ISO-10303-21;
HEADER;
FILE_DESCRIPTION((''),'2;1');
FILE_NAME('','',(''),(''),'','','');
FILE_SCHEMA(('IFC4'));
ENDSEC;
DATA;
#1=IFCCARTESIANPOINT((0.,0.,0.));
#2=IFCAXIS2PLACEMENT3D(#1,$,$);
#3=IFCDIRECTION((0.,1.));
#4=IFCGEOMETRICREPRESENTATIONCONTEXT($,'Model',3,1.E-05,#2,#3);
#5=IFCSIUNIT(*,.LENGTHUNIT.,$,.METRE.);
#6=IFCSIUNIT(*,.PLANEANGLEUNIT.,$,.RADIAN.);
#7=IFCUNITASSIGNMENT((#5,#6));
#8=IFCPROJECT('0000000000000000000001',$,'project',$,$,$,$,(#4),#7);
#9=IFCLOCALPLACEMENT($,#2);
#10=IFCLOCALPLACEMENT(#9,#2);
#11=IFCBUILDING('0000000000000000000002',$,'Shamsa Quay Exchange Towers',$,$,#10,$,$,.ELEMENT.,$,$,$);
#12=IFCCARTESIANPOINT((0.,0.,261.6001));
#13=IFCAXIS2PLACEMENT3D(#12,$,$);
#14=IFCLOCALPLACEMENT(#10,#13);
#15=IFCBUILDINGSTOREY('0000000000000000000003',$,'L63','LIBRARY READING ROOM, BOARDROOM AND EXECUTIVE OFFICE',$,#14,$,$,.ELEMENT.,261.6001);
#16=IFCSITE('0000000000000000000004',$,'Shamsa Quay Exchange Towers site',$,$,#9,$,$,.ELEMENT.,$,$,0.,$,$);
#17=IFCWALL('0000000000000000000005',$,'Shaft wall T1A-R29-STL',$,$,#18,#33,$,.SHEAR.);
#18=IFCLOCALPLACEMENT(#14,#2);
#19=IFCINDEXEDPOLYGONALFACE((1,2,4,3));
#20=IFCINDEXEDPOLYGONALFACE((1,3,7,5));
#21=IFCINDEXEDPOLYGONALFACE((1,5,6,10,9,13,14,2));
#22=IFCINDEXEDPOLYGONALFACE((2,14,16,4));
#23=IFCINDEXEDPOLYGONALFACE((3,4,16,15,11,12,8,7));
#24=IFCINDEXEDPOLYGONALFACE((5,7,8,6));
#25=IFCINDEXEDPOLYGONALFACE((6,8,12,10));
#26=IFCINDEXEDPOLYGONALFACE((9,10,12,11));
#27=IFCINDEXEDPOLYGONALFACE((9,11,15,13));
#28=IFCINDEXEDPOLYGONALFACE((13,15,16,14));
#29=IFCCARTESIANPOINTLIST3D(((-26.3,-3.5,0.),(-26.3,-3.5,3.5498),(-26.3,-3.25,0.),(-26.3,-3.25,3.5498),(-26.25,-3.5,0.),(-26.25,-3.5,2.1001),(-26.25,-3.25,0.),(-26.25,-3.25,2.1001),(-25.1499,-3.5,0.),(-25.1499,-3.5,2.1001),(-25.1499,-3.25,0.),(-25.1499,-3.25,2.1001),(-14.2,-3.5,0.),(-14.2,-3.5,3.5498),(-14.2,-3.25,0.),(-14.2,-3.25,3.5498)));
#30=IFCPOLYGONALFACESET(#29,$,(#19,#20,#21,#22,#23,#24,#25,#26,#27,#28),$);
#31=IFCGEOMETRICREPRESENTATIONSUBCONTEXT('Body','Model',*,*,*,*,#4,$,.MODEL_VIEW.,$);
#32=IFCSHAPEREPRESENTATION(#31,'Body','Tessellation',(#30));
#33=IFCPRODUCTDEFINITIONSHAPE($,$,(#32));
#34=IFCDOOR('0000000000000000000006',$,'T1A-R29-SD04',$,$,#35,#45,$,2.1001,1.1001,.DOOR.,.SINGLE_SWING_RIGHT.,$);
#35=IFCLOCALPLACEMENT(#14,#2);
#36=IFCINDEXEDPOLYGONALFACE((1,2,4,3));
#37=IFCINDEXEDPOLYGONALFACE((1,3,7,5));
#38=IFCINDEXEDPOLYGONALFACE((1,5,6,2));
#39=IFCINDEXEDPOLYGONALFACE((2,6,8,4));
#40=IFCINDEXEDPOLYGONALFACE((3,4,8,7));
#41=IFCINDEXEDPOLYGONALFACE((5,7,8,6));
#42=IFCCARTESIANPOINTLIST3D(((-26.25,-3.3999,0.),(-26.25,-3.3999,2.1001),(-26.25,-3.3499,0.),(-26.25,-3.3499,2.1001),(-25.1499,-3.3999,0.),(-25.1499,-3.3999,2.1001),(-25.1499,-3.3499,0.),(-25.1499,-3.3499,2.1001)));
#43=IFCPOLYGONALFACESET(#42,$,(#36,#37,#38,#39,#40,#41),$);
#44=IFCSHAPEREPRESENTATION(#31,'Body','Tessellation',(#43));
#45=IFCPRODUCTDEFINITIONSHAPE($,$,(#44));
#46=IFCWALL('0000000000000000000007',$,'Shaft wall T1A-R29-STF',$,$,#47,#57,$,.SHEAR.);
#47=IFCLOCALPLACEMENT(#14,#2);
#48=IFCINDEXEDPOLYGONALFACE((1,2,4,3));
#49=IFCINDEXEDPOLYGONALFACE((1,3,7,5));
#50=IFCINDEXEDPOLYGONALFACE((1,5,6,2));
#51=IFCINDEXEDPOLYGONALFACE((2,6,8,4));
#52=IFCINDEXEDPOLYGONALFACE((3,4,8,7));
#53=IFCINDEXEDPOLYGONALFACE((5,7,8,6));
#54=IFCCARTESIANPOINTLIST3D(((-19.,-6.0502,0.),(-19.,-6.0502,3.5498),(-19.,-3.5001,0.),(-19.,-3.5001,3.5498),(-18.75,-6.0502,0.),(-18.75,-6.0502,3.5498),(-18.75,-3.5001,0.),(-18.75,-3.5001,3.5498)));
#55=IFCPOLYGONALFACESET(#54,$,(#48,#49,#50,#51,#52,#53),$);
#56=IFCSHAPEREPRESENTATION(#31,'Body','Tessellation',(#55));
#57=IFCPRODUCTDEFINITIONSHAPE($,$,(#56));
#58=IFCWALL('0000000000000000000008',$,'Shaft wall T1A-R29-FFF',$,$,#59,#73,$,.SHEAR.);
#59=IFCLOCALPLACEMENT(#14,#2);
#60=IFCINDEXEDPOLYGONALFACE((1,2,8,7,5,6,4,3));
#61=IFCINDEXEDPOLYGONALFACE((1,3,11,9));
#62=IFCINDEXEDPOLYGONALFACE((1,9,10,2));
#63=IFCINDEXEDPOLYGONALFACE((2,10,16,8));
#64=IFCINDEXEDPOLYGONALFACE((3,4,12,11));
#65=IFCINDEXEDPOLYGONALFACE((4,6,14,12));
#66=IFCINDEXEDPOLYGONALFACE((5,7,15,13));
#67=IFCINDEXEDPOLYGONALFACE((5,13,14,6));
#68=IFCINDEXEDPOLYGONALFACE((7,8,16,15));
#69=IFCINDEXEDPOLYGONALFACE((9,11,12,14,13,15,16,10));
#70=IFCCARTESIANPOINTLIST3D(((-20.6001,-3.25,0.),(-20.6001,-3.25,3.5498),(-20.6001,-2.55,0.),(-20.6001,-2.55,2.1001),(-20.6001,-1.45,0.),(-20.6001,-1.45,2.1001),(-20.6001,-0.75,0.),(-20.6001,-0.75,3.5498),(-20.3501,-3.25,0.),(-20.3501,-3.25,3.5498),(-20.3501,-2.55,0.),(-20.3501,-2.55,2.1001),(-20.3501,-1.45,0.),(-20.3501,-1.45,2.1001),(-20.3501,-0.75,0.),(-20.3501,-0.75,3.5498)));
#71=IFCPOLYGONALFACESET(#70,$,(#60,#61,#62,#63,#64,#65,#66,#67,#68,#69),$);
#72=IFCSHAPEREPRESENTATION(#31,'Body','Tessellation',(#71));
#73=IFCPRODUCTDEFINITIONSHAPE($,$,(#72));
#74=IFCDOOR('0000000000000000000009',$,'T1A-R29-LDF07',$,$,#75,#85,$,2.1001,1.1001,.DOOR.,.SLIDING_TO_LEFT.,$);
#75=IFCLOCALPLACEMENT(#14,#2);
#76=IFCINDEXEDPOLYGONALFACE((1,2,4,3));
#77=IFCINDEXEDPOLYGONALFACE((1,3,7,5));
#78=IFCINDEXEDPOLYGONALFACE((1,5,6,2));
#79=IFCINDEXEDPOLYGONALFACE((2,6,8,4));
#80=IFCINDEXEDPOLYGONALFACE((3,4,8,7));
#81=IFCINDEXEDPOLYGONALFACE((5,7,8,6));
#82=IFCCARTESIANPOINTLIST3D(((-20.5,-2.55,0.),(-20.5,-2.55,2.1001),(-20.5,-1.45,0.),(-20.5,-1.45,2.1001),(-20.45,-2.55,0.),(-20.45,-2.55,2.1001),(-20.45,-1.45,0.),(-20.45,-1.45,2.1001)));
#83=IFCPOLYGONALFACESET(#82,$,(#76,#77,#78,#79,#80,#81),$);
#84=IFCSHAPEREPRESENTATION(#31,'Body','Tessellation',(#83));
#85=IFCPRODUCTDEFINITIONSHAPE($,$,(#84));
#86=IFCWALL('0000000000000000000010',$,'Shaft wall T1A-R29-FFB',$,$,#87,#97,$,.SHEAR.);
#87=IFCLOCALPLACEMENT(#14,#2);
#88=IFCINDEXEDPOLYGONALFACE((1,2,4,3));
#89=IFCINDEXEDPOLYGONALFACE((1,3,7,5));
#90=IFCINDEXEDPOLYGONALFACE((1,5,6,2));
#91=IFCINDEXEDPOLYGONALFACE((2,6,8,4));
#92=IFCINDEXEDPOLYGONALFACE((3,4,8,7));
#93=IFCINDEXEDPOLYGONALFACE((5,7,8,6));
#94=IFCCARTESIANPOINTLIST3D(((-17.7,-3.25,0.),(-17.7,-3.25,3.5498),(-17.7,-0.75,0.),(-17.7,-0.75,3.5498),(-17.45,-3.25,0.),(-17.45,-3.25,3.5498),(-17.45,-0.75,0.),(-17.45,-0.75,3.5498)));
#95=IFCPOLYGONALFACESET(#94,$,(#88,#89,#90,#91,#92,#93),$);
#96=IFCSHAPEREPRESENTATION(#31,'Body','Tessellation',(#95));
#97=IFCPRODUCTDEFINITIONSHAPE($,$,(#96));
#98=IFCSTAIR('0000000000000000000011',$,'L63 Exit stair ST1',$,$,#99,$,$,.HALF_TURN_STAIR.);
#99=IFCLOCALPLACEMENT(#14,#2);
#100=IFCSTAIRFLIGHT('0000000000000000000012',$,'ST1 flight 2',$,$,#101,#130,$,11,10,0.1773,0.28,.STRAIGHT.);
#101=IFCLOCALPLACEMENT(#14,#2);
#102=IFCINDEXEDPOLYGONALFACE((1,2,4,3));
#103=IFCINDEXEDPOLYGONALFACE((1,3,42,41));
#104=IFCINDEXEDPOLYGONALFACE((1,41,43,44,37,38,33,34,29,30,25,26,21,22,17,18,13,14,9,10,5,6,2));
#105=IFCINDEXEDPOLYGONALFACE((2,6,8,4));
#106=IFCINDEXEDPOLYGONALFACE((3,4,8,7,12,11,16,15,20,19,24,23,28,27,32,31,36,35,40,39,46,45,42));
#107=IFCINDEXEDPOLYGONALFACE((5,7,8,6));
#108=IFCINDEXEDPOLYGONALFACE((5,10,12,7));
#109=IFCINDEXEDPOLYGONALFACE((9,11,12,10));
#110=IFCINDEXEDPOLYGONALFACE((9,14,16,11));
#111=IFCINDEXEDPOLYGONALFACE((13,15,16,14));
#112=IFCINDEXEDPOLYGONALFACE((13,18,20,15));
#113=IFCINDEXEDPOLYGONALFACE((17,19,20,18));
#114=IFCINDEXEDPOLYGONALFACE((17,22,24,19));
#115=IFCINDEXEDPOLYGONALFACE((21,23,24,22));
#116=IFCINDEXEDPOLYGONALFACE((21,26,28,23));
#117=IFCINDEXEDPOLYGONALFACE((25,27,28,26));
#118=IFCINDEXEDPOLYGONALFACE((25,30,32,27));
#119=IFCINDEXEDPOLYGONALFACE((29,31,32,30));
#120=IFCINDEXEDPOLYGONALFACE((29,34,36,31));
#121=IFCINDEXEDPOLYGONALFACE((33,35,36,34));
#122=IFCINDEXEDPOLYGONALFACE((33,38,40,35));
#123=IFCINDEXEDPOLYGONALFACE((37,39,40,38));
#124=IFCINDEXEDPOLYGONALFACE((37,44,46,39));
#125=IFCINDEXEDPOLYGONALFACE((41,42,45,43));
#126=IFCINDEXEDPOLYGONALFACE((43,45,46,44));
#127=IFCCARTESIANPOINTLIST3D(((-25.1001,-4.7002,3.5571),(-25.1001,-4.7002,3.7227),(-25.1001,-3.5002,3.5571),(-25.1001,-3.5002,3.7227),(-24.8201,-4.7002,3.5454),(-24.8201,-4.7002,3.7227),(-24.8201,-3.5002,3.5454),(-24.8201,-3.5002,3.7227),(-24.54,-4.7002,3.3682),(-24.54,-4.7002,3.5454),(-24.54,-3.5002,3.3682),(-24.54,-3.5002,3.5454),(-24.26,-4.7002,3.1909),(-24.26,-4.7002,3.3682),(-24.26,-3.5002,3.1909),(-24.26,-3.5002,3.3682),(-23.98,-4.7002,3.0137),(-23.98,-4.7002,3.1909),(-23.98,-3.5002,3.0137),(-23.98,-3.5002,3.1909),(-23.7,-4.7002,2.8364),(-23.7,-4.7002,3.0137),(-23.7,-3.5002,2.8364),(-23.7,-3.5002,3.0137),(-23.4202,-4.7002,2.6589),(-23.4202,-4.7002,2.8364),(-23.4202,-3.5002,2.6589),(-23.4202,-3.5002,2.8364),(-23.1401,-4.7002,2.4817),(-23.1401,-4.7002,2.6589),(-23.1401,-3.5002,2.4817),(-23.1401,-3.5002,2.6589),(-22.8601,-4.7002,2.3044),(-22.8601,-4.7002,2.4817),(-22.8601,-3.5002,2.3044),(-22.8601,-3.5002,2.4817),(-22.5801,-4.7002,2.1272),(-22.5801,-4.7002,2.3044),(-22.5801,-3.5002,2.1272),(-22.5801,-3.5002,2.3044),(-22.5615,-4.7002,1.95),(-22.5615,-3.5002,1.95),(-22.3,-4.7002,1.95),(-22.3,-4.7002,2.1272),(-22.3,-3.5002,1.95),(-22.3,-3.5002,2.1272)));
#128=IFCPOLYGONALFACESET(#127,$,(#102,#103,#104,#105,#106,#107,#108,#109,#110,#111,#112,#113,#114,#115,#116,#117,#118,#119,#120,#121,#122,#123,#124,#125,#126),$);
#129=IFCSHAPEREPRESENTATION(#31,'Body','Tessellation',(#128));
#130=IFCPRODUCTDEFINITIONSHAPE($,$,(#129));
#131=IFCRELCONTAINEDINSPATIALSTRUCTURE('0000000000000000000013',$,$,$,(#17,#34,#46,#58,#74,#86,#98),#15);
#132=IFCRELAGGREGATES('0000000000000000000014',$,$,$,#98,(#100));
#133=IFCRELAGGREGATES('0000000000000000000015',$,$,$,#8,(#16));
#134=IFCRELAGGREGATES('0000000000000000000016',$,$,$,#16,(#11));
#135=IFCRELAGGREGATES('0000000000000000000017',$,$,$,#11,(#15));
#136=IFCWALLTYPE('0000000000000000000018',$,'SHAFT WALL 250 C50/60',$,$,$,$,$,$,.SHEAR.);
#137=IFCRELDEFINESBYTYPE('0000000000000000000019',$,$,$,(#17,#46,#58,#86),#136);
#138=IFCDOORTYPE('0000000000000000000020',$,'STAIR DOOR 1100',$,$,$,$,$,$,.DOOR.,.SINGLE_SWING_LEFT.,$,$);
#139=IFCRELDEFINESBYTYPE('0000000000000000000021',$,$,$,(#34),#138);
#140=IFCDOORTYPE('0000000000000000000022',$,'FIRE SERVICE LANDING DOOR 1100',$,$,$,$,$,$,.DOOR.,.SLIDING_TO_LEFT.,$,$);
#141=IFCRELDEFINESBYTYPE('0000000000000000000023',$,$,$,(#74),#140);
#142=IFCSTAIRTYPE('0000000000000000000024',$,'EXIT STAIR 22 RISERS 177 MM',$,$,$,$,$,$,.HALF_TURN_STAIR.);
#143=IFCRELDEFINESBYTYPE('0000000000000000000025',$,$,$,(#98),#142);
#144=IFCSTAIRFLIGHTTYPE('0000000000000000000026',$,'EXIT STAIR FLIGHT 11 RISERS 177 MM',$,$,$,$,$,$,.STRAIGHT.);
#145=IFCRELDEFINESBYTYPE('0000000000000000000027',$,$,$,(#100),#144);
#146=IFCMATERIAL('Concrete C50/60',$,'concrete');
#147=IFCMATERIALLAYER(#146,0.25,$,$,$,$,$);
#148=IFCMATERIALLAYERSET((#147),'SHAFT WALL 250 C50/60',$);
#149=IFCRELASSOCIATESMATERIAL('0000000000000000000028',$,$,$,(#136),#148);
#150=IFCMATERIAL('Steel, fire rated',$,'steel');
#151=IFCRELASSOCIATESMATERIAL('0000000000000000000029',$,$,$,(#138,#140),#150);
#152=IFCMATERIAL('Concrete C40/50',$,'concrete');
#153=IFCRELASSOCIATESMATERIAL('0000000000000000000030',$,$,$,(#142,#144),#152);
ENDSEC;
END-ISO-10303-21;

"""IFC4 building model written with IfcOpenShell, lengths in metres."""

from ifc_helpers import new_model, si_unit, direction, frame, frame_2d, origin, place, context, subcontext, project, spatial, polyline, rectangle, outline, extrude, material, layer, layer_set, type_object, element, fill, aggregate, save


model = new_model("IFC4")

# Units and contexts
model_context = context("Model", 3, precision=1e-05, world=origin(), true_north=direction((0.0, 1.0)))
body_context = subcontext(model_context, "Body", "Model", "MODEL_VIEW")
ifc_project = project(units=[si_unit("LENGTHUNIT", "METRE"), si_unit("PLANEANGLEUNIT", "RADIAN")], contexts=[model_context])

# Site, building, storey
site_placement = place(None, origin())
site = spatial("IfcSite", under=ifc_project, at=site_placement, Name="Shamsa Quay Exchange Towers site", CompositionType="ELEMENT", RefElevation=0.0)
building_placement = place(site_placement, origin())
building = spatial("IfcBuilding", under=site, at=building_placement, Name="Shamsa Quay Exchange Towers", CompositionType="ELEMENT")
storey_placement = place(building_placement, frame((0.0, 0.0, 261.6001)))
storey = spatial("IfcBuildingStorey", under=building, at=storey_placement, Name="L63", Description="LIBRARY READING ROOM, BOARDROOM AND EXECUTIVE OFFICE", CompositionType="ELEMENT", Elevation=261.6001)

# Wall, opening, door
ifc_material_1 = material(Name="Concrete C50/60", Category="concrete")
ifc_layer_1 = layer(ifc_material_1, 0.25)
ifc_layer_set_1 = layer_set([ifc_layer_1], Name="SHAFT WALL 250 C50/60")
wall_type_1 = type_object("IfcWallType", Name="SHAFT WALL 250 C50/60", PredefinedType="SHEAR", material=ifc_layer_set_1)
wall_1_placement = place(storey_placement, frame((-14.2, -3.375, 0.0), z_axis=(0.0, 0.0, 1.0), x_axis=(-1.0, 0.0, 0.0)))
wall_1 = element("IfcWall", 1, at=wall_1_placement, inside=storey, type_object=wall_type_1, Name="Shaft wall T1A-R29-STL", PredefinedType="SHEAR", context=body_context, shape_type="SweptSolid", body=[
    extrude(rectangle(XDim=12.1001, YDim=0.25, at=frame_2d((6.05, 0.0))), origin(), (0.0, 0.0, 1.0), 3.5498),
])
opening_1_placement = place(wall_1_placement, frame((10.95, 0.0, 0.0)))
opening_1 = element("IfcOpeningElement", 2, at=opening_1_placement, cuts=wall_1, PredefinedType="OPENING", context=body_context, shape_type="SweptSolid", body=[
    extrude(rectangle(XDim=1.1001, YDim=2.1001, at=frame_2d((0.55, 1.05))), frame((0.0, 0.135, 0.0), z_axis=(0.0, -1.0, 0.0), x_axis=(1.0, 0.0, 0.0)), (0.0, 0.0, 1.0), 0.27),
])
ifc_material_2 = material(Name="Steel, fire rated", Category="steel")
door_type_1 = type_object("IfcDoorType", Name="STAIR DOOR 1100", OperationType="SINGLE_SWING_LEFT", PredefinedType="DOOR", material=ifc_material_2)
door_1_placement = place(opening_1_placement, origin())
door_1 = element("IfcDoor", 3, at=door_1_placement, inside=storey, type_object=door_type_1, Name="T1A-R29-SD04", OperationType="SINGLE_SWING_RIGHT", OverallHeight=2.1001, OverallWidth=1.1001, PredefinedType="DOOR", context=body_context, shape_type="SweptSolid", body=[
    extrude(rectangle(XDim=1.1001, YDim=2.1001, at=frame_2d((0.55, 1.05))), frame((0.0, 0.0249, 0.0), z_axis=(0.0, -1.0, 0.0), x_axis=(1.0, 0.0, 0.0)), (0.0, 0.0, 1.0), 0.05),
])
fill(opening_1, door_1)

# Wall
wall_2_placement = place(storey_placement, frame((-18.875, -6.05, 0.0), z_axis=(0.0, 0.0, 1.0), x_axis=(0.0, 1.0, 0.0)))
element("IfcWall", 4, at=wall_2_placement, inside=storey, type_object=wall_type_1, Name="Shaft wall T1A-R29-STF", PredefinedType="SHEAR", context=body_context, shape_type="SweptSolid", body=[
    extrude(rectangle(XDim=2.55, YDim=0.25, at=frame_2d((1.2749, 0.0))), origin(), (0.0, 0.0, 1.0), 3.5498),
])

# Wall, opening, door
wall_3_placement = place(storey_placement, frame((-20.4751, -3.25, 0.0), z_axis=(0.0, 0.0, 1.0), x_axis=(0.0, 1.0, 0.0)))
wall_3 = element("IfcWall", 5, at=wall_3_placement, inside=storey, type_object=wall_type_1, Name="Shaft wall T1A-R29-FFF", PredefinedType="SHEAR", context=body_context, shape_type="SweptSolid", body=[
    extrude(rectangle(XDim=2.5, YDim=0.25, at=frame_2d((1.25, 0.0))), origin(), (0.0, 0.0, 1.0), 3.5498),
])
opening_2_placement = place(wall_3_placement, frame((0.7, 0.0, 0.0)))
opening_2 = element("IfcOpeningElement", 6, at=opening_2_placement, cuts=wall_3, PredefinedType="OPENING", context=body_context, shape_type="SweptSolid", body=[
    extrude(rectangle(XDim=1.1001, YDim=2.1001, at=frame_2d((0.55, 1.05))), frame((0.0, 0.135, 0.0), z_axis=(0.0, -1.0, 0.0), x_axis=(1.0, 0.0, 0.0)), (0.0, 0.0, 1.0), 0.27),
])
door_type_2 = type_object("IfcDoorType", Name="FIRE SERVICE LANDING DOOR 1100", OperationType="SLIDING_TO_LEFT", PredefinedType="DOOR", material=ifc_material_2)
door_2_placement = place(opening_2_placement, origin())
door_2 = element("IfcDoor", 7, at=door_2_placement, inside=storey, type_object=door_type_2, Name="T1A-R29-LDF07", OperationType="SLIDING_TO_LEFT", OverallHeight=2.1001, OverallWidth=1.1001, PredefinedType="DOOR", context=body_context, shape_type="SweptSolid", body=[
    extrude(rectangle(XDim=1.1001, YDim=2.1001, at=frame_2d((0.55, 1.05))), frame((0.0, 0.0249, 0.0), z_axis=(0.0, -1.0, 0.0), x_axis=(1.0, 0.0, 0.0)), (0.0, 0.0, 1.0), 0.05),
])
fill(opening_2, door_2)

# Wall
wall_4_placement = place(storey_placement, frame((-17.575, -3.25, 0.0), z_axis=(0.0, 0.0, 1.0), x_axis=(0.0, 1.0, 0.0)))
element("IfcWall", 8, at=wall_4_placement, inside=storey, type_object=wall_type_1, Name="Shaft wall T1A-R29-FFB", PredefinedType="SHEAR", context=body_context, shape_type="SweptSolid", body=[
    extrude(rectangle(XDim=2.5, YDim=0.25, at=frame_2d((1.25, 0.0))), origin(), (0.0, 0.0, 1.0), 3.5498),
])

# Stair, stair flight
ifc_material_3 = material(Name="Concrete C40/50", Category="concrete")
stair_type = type_object("IfcStairType", Name="EXIT STAIR 22 RISERS 177 MM", PredefinedType="HALF_TURN_STAIR", material=ifc_material_3)
stair_placement = place(storey_placement, origin())
stair = element("IfcStair", 9, at=stair_placement, inside=storey, type_object=stair_type, Name="L63 Exit stair ST1", PredefinedType="HALF_TURN_STAIR")
stair_flight_type = type_object("IfcStairFlightType", Name="EXIT STAIR FLIGHT 11 RISERS 177 MM", PredefinedType="STRAIGHT", material=ifc_material_3)
stair_flight_placement = place(storey_placement, frame((-22.3, -4.1001, 1.95), z_axis=(0.0, 0.0, 1.0), x_axis=(-1.0, 0.0, 0.0)))
stair_flight = element("IfcStairFlight", 10, at=stair_flight_placement, type_object=stair_flight_type, Name="ST1 flight 2", NumberOfRisers=11, NumberOfTreads=10, PredefinedType="STRAIGHT", RiserHeight=0.1773, TreadLength=0.28, context=body_context, shape_type="SweptSolid", body=[
    extrude(outline(polyline([(0.0, 0.0), (0.0, 0.1772), (0.28, 0.1772), (0.28, 0.3545), (0.5601, 0.3545), (0.5601, 0.5317), (0.8401, 0.5317), (0.8401, 0.709), (1.1201, 0.709), (1.1201, 0.8865), (1.3999, 0.8865), (1.3999, 1.0637), (1.6799, 1.0637), (1.6799, 1.241), (1.96, 1.241), (1.96, 1.4182), (2.24, 1.4182), (2.24, 1.5955), (2.52, 1.5955), (2.52, 1.7727), (2.8, 1.7727), (2.8, 1.95), (2.8, 1.6072), (0.2615, 0.0), (0.0, 0.0)])), frame((0.0, 0.6001, 0.0), z_axis=(0.0, -1.0, 0.0), x_axis=(1.0, 0.0, 0.0)), (0.0, 0.0, 1.0), 1.2),
])
aggregate(stair, [stair_flight])

save(model, "model.ifc")
